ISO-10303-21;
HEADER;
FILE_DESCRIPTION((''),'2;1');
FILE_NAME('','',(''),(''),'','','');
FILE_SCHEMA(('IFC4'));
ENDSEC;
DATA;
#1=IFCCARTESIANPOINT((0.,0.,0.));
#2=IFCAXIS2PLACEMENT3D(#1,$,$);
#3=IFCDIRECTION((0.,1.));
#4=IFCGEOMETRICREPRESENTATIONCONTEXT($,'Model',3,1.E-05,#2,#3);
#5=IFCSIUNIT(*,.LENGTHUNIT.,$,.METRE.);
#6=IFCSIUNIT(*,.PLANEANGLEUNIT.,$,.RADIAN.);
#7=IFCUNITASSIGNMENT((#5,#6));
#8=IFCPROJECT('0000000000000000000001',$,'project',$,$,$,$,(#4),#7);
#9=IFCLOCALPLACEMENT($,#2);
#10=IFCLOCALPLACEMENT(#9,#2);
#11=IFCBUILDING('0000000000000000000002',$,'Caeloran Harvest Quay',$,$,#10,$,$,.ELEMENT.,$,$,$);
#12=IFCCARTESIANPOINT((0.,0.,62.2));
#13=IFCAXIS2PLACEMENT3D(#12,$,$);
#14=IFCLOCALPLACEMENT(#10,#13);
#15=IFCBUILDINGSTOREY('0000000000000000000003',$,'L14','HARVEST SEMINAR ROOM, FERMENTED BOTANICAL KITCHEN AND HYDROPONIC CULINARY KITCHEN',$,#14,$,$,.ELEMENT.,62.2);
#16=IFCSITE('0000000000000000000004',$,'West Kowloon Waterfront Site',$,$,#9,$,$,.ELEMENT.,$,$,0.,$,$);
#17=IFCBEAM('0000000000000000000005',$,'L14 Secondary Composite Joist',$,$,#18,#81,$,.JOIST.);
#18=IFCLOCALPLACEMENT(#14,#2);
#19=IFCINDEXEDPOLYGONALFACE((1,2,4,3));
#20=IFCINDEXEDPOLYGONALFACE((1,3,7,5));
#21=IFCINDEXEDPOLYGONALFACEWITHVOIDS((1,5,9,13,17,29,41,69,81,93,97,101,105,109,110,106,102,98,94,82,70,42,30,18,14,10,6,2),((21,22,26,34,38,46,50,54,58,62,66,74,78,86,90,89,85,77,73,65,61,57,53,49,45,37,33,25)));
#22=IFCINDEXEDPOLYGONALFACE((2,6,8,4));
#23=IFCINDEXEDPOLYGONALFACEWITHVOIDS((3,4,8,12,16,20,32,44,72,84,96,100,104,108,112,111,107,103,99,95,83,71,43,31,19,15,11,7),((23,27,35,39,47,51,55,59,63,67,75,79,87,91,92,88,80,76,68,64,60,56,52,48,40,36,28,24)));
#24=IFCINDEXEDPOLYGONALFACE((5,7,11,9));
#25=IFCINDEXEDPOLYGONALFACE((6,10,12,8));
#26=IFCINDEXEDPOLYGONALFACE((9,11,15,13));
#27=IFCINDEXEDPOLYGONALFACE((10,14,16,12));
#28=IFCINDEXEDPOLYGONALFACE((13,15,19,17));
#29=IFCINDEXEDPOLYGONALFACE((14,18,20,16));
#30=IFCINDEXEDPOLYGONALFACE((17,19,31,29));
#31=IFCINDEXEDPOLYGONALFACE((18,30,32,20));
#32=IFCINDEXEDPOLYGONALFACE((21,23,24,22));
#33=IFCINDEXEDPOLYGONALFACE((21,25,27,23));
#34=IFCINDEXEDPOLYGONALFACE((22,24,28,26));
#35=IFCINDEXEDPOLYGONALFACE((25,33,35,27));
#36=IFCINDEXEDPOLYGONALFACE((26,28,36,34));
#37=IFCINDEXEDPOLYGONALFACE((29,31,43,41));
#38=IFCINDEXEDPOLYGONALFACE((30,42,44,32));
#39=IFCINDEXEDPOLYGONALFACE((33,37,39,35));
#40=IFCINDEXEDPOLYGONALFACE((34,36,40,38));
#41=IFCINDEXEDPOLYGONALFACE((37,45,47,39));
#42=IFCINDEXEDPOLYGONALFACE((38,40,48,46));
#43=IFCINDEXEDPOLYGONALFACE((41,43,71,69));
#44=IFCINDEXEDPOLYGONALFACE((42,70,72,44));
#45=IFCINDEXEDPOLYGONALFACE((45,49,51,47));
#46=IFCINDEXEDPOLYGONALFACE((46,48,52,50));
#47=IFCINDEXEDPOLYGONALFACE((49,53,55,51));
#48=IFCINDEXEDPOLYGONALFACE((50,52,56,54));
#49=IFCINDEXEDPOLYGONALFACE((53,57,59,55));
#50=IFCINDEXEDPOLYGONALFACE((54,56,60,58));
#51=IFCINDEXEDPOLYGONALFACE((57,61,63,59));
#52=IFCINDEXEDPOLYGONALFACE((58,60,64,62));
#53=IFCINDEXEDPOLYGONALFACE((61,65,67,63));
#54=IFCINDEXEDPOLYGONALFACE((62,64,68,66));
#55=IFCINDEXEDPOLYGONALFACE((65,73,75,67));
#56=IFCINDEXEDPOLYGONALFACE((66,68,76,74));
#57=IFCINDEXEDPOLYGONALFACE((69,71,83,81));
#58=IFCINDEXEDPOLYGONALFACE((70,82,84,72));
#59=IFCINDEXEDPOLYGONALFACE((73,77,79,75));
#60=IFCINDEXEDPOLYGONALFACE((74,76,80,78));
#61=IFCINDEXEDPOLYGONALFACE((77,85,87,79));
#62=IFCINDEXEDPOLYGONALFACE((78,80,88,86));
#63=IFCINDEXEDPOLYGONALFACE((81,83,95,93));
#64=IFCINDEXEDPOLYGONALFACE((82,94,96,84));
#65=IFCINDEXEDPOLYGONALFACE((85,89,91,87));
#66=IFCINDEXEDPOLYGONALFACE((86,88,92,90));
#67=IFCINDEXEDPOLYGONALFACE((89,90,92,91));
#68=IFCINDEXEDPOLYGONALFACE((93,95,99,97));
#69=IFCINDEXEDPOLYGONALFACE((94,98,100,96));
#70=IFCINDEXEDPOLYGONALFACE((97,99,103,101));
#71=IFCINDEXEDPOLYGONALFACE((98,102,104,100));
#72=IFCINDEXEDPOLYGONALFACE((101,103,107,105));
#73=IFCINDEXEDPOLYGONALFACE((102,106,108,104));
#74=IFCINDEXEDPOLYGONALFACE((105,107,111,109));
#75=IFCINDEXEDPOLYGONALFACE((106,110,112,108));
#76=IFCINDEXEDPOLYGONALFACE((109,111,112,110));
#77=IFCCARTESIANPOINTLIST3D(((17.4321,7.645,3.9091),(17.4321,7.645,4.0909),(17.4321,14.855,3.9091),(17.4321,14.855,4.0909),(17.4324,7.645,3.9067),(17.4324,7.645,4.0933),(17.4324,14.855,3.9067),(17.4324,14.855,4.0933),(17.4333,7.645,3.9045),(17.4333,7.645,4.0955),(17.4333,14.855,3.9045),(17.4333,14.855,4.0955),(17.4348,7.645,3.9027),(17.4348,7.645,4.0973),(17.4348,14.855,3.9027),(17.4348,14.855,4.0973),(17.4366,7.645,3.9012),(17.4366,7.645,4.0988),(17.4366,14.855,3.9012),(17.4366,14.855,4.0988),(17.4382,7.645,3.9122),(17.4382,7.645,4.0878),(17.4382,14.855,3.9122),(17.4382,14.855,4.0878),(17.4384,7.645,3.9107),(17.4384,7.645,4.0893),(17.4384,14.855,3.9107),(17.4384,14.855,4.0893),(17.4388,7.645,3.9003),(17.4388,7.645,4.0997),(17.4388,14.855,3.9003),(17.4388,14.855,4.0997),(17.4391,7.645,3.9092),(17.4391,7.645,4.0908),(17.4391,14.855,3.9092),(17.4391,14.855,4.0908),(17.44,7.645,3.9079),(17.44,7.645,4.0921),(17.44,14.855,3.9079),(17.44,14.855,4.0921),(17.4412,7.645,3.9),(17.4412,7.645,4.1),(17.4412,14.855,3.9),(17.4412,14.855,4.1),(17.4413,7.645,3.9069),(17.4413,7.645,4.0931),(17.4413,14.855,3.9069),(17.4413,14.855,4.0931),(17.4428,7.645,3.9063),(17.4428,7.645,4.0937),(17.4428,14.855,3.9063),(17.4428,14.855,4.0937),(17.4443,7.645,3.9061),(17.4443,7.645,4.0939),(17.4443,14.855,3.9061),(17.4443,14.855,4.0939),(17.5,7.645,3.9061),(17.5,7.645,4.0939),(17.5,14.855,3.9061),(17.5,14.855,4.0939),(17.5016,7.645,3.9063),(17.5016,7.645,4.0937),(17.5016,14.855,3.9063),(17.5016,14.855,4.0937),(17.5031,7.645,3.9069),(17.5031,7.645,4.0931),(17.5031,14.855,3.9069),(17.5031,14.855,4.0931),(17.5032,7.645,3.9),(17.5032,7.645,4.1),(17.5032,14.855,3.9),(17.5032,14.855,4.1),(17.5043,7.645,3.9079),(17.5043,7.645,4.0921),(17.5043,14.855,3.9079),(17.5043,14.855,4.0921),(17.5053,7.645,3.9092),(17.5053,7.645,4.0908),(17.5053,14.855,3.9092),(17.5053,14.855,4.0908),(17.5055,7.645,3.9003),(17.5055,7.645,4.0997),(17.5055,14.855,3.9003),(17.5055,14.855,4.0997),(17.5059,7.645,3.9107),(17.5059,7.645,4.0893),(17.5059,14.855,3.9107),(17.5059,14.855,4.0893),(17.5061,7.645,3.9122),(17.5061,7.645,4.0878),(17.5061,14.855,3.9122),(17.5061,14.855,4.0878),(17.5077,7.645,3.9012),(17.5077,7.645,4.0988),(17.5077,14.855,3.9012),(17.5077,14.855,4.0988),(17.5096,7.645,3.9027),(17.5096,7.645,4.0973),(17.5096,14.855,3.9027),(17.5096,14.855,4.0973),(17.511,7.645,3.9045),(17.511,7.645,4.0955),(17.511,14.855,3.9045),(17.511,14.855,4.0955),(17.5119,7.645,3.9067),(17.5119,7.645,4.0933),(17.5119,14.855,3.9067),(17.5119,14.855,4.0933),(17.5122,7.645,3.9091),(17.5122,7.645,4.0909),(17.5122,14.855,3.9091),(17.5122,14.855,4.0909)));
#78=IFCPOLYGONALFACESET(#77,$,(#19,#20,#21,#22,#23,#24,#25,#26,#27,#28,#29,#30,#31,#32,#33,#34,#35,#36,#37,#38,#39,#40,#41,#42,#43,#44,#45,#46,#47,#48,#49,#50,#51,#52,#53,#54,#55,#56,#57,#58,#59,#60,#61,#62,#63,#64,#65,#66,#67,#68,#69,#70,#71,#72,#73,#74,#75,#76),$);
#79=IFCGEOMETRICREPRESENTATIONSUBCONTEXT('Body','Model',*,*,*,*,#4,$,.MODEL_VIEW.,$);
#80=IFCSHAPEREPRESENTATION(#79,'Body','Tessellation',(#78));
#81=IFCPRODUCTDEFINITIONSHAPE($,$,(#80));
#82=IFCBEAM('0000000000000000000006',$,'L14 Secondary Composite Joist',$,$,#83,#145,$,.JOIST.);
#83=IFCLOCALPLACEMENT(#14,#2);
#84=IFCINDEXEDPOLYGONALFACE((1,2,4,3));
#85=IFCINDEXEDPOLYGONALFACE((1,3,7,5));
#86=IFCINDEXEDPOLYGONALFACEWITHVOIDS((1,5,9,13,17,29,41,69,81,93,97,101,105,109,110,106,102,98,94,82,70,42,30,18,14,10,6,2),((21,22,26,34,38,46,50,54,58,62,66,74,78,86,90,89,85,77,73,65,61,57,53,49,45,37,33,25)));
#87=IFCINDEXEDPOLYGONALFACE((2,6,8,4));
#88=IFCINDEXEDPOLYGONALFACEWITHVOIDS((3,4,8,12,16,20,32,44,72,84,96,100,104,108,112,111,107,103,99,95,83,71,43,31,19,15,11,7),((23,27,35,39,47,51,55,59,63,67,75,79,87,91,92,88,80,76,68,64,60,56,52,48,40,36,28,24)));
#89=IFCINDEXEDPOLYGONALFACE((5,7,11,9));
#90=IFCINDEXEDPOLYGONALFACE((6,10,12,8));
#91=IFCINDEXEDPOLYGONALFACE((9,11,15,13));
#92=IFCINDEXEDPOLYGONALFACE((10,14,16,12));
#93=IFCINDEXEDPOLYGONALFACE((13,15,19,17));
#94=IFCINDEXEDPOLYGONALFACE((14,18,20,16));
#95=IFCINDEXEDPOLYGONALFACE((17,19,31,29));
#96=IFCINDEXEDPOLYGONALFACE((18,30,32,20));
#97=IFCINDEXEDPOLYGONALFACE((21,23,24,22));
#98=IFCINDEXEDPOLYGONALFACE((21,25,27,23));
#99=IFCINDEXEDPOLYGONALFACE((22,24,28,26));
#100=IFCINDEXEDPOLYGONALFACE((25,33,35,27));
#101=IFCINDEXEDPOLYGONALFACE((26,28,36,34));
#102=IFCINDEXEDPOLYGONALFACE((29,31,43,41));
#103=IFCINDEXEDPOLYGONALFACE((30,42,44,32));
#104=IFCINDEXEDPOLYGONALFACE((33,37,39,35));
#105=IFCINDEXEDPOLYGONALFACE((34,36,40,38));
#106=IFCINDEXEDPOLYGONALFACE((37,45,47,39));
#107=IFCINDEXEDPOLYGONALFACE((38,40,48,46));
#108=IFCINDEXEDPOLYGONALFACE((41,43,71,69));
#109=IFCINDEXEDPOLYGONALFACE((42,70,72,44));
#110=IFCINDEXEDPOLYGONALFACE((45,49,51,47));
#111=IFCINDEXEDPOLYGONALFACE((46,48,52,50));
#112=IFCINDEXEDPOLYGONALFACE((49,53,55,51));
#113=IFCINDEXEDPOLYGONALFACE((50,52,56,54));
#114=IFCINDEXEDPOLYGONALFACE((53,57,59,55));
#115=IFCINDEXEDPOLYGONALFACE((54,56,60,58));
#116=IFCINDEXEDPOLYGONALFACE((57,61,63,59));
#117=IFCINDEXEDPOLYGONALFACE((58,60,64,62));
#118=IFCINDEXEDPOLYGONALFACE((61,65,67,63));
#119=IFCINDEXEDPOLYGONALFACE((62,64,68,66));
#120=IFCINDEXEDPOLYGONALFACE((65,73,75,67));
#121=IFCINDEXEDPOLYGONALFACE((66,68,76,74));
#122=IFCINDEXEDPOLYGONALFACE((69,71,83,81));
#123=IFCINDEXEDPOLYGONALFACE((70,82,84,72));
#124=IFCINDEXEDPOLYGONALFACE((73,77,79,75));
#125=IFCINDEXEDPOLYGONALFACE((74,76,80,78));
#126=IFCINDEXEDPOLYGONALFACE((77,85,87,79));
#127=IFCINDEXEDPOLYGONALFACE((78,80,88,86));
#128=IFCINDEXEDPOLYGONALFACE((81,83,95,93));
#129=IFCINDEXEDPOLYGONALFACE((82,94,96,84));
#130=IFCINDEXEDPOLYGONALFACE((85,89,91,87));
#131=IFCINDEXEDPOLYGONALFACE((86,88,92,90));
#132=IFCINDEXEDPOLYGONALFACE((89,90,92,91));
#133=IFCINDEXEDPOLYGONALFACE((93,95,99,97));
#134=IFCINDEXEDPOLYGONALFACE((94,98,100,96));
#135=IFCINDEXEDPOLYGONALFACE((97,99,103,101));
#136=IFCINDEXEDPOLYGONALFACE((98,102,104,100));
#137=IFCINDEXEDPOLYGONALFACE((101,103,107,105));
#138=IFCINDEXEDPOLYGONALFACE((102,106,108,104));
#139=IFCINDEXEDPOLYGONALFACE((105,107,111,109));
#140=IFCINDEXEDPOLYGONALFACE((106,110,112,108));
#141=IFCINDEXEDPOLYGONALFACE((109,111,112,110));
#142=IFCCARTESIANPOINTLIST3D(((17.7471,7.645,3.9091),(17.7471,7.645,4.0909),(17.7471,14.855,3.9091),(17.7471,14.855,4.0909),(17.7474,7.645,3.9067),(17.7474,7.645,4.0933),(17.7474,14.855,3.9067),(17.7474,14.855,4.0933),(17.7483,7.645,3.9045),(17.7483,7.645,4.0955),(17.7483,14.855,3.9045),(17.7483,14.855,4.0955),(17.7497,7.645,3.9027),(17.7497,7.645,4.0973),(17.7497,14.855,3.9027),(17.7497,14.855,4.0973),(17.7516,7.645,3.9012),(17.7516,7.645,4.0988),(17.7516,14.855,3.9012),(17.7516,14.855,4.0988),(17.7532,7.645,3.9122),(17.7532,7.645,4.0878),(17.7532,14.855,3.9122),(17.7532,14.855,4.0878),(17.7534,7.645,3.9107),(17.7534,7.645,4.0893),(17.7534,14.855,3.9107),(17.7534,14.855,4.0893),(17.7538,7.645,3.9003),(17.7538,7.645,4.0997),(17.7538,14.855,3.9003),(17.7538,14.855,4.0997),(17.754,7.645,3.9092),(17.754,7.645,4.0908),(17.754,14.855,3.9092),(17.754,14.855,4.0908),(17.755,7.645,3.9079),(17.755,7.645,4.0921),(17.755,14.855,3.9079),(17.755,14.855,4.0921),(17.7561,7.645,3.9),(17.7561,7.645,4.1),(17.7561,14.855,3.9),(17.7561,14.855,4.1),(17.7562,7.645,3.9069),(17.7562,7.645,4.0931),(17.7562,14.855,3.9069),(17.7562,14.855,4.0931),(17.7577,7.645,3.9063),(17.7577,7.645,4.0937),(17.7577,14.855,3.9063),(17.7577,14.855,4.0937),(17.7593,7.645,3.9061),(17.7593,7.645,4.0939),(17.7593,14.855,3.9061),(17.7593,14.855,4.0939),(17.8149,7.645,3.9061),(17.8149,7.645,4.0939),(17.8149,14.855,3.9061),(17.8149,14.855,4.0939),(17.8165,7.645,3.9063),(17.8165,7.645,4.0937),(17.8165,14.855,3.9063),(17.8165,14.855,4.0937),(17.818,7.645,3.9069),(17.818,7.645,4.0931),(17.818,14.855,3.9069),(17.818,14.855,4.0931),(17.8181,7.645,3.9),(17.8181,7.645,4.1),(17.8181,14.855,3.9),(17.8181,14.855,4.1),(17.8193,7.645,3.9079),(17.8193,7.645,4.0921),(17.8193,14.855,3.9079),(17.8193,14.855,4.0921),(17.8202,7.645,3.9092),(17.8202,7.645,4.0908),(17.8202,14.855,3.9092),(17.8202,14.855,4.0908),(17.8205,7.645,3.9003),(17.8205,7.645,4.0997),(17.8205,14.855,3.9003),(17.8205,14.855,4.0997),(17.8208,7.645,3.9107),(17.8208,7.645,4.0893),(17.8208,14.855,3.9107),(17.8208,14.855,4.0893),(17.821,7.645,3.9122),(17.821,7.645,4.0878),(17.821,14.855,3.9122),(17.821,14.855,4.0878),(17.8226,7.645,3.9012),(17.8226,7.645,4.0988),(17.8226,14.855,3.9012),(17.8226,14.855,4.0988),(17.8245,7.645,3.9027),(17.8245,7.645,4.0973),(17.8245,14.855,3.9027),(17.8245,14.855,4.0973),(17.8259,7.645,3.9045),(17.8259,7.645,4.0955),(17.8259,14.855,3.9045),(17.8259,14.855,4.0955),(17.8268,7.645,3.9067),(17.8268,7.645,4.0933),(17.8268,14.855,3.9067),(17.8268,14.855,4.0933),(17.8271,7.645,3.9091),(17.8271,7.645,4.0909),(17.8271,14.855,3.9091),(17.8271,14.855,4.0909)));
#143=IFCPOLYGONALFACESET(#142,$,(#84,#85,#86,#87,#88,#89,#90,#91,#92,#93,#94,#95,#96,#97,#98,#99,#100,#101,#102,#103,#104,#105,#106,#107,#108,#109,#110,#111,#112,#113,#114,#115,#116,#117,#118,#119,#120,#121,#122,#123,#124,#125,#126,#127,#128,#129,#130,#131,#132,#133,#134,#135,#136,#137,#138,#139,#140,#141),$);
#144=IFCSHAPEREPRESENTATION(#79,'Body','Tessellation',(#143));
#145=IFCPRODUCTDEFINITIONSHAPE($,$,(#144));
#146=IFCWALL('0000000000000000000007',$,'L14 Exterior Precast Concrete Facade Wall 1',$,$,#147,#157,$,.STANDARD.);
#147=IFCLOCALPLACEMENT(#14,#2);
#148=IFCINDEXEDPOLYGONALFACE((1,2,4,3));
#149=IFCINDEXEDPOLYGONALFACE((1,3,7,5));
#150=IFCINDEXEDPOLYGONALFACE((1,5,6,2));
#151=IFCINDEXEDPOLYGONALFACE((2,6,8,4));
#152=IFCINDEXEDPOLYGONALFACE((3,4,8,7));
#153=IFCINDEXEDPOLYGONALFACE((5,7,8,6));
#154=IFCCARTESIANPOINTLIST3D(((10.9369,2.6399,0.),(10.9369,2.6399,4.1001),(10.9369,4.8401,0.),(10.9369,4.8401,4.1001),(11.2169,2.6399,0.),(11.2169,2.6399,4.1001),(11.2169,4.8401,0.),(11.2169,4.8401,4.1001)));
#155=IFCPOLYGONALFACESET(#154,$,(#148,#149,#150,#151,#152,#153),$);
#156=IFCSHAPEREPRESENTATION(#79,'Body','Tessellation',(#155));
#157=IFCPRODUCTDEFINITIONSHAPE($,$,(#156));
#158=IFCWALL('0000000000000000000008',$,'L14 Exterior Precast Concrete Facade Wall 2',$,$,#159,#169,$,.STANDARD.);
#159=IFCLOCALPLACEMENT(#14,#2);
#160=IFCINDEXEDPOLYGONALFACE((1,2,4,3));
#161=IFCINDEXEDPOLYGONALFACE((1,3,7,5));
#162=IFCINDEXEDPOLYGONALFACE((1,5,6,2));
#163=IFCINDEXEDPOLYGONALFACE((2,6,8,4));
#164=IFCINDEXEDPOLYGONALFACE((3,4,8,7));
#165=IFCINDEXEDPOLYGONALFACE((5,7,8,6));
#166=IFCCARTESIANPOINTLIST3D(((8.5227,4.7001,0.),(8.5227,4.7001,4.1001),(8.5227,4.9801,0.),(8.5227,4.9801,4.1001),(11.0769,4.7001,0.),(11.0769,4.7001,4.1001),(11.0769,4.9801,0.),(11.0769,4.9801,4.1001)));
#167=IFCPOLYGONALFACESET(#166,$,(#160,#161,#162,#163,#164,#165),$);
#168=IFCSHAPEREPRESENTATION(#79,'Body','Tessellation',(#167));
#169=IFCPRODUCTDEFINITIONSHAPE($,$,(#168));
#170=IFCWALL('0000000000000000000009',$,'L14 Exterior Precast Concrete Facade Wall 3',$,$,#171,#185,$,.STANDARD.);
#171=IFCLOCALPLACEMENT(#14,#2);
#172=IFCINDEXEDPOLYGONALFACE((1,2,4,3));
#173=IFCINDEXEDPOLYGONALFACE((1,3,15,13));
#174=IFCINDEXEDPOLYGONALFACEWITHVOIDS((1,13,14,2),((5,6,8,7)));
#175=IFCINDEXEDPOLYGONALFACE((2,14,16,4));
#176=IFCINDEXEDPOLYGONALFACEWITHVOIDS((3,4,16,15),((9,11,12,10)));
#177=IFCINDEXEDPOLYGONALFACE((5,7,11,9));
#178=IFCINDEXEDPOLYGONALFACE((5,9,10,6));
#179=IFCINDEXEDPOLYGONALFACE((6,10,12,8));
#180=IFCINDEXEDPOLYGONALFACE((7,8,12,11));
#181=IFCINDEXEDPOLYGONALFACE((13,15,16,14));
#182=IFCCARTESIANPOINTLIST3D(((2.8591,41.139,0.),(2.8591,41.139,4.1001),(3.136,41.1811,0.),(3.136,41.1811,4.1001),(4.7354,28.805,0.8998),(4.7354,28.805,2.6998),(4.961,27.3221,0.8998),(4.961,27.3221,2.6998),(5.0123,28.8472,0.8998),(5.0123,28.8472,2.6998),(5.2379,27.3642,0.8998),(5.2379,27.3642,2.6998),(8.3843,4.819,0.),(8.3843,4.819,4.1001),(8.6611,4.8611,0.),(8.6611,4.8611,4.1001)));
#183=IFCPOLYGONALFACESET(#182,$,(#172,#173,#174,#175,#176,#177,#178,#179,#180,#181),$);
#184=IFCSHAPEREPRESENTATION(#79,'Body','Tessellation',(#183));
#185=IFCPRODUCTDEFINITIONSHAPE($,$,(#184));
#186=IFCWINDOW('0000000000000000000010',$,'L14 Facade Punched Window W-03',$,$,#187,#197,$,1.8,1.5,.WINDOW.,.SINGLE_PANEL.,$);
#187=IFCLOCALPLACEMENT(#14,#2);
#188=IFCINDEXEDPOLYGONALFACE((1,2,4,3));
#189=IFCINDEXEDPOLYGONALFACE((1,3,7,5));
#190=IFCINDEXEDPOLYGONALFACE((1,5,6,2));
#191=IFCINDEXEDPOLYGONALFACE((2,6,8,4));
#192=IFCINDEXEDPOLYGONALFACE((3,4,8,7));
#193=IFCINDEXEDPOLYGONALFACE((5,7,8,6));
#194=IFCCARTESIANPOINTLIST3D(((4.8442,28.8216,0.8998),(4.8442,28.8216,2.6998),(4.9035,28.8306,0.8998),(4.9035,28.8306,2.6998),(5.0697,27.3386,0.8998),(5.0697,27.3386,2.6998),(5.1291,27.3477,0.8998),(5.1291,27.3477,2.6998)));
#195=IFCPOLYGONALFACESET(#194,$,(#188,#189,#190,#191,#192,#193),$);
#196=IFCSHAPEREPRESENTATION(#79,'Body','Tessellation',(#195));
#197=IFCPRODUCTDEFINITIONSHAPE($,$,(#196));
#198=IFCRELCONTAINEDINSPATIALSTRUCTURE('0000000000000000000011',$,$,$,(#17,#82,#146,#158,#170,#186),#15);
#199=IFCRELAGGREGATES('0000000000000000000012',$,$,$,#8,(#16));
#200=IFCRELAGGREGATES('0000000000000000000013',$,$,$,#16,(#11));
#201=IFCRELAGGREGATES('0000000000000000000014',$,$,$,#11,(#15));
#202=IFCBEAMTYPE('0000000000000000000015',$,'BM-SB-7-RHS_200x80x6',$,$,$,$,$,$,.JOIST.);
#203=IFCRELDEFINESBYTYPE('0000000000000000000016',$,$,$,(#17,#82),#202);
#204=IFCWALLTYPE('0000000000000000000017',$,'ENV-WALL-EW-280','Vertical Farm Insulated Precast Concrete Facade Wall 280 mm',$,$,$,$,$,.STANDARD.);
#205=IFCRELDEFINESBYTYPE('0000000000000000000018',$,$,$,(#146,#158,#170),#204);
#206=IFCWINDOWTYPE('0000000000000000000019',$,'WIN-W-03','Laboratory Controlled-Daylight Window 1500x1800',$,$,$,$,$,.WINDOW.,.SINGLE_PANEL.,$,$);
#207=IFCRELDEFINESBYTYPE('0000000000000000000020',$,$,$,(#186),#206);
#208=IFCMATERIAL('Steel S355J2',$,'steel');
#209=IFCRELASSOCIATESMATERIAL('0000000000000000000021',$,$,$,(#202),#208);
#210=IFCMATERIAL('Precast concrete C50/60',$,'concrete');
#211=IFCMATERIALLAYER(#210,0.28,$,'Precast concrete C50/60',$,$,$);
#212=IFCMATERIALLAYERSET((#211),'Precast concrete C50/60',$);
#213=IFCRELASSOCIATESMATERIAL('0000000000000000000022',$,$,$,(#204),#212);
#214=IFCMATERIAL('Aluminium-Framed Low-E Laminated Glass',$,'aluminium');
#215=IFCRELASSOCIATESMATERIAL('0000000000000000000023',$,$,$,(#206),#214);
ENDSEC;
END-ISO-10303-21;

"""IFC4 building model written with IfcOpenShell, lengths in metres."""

from ifc_helpers import new_model, si_unit, direction, frame, frame_2d, origin, origin_2d, place, context, subcontext, project, spatial, rectangle, hollow_rectangle, extrude, material, layer, layer_set, material_profile, profile_set, type_object, element, fill, save


model = new_model("IFC4")

# Units and contexts
model_context = context("Model", 3, precision=1e-05, world=origin(), true_north=direction((0.0, 1.0)))
body_context = subcontext(model_context, "Body", "Model", "MODEL_VIEW")
ifc_project = project(units=[si_unit("LENGTHUNIT", "METRE"), si_unit("PLANEANGLEUNIT", "RADIAN")], contexts=[model_context])

# Site, building, storey
site_placement = place(None, origin())
site = spatial("IfcSite", under=ifc_project, at=site_placement, Name="West Kowloon Waterfront Site", CompositionType="ELEMENT", RefElevation=0.0)
building_placement = place(site_placement, origin())
building = spatial("IfcBuilding", under=site, at=building_placement, Name="Caeloran Harvest Quay", CompositionType="ELEMENT")
storey_placement = place(building_placement, frame((0.0, 0.0, 62.2)))
storey = spatial("IfcBuildingStorey", under=building, at=storey_placement, Name="L14", Description="HARVEST SEMINAR ROOM, FERMENTED BOTANICAL KITCHEN AND HYDROPONIC CULINARY KITCHEN", CompositionType="ELEMENT", Elevation=62.2)

# Beams
ifc_material_1 = material(Name="Steel S355J2", Category="steel")
ifc_material_profile_1 = material_profile(ifc_material_1, hollow_rectangle(XDim=0.0801, YDim=0.2, WallThickness=0.0061, InnerFilletRadius=0.0061, OuterFilletRadius=0.009, at=origin_2d()), Name="RHS 200x80x6")
ifc_profile_set_1 = profile_set([ifc_material_profile_1], Name="Steel S355J2")
beam_type_1 = type_object("IfcBeamType", Name="BM-SB-7-RHS_200x80x6", PredefinedType="JOIST", material=ifc_profile_set_1)
for number, where, z_axis, x_axis, name in (
    (1, (17.4722, 7.645, 4.0), (0.0, 1.0, 0.0), (-1.0, 0.0, 0.0), "L14 Secondary Composite Joist"),
    (2, (17.7871, 7.645, 4.0), (0.0, 1.0, 0.0), (-1.0, 0.0, 0.0), "L14 Secondary Composite Joist"),
):
    element("IfcBeam", number, at=place(storey_placement, frame(where, z_axis=z_axis, x_axis=x_axis)), inside=storey, type_object=beam_type_1, Name=name, PredefinedType="JOIST", context=body_context, shape_type="SweptSolid", body=[
        extrude(hollow_rectangle(XDim=0.0801, YDim=0.2, WallThickness=0.0061, InnerFilletRadius=0.0061, OuterFilletRadius=0.009, at=origin_2d()), origin(), (0.0, 0.0, 1.0), 7.21),
    ])

# Walls
ifc_material_2 = material(Name="Precast concrete C50/60", Category="concrete")
ifc_layer_1 = layer(ifc_material_2, 0.28, Name="Precast concrete C50/60")
ifc_layer_set_1 = layer_set([ifc_layer_1], Name="Precast concrete C50/60")
wall_type_1 = type_object("IfcWallType", Name="ENV-WALL-EW-280", Description="Vertical Farm Insulated Precast Concrete Facade Wall 280 mm", PredefinedType="STANDARD", material=ifc_layer_set_1)
wall_1_placement = place(storey_placement, frame((11.0769, 2.6399, 0.0), z_axis=(0.0, 0.0, 1.0), x_axis=(0.0, 1.0, 0.0)))
element("IfcWall", 3, at=wall_1_placement, inside=storey, type_object=wall_type_1, Name="L14 Exterior Precast Concrete Facade Wall 1", PredefinedType="STANDARD", context=body_context, shape_type="SweptSolid", body=[
    extrude(rectangle(XDim=2.2002, YDim=0.28, at=frame_2d((1.1001, 0.0))), origin(), (0.0, 0.0, 1.0), 4.1001),
])
wall_2_placement = place(storey_placement, frame((11.0769, 4.8401, 0.0), z_axis=(0.0, 0.0, 1.0), x_axis=(-1.0, 0.0, 0.0)))
element("IfcWall", 4, at=wall_2_placement, inside=storey, type_object=wall_type_1, Name="L14 Exterior Precast Concrete Facade Wall 2", PredefinedType="STANDARD", context=body_context, shape_type="SweptSolid", body=[
    extrude(rectangle(XDim=2.5542, YDim=0.28, at=frame_2d((1.2771, 0.0))), origin(), (0.0, 0.0, 1.0), 4.1001),
])

# Wall, opening, window
wall_3_placement = place(storey_placement, frame((8.5227, 4.8401, 0.0), z_axis=(0.0, 0.0, 1.0), x_axis=(-0.150395, 0.988626, 0.0)))
wall_3 = element("IfcWall", 5, at=wall_3_placement, inside=storey, type_object=wall_type_1, Name="L14 Exterior Precast Concrete Facade Wall 3", PredefinedType="STANDARD", context=body_context, shape_type="SweptSolid", body=[
    extrude(rectangle(XDim=36.7378, YDim=0.28, at=frame_2d((18.3689, 0.0))), origin(), (0.0, 0.0, 1.0), 4.1001),
])
opening_placement = place(wall_3_placement, frame((22.762, 0.0, 0.8999)))
opening = element("IfcOpeningElement", 6, at=opening_placement, cuts=wall_3, PredefinedType="OPENING", context=body_context, shape_type="SweptSolid", body=[
    extrude(rectangle(XDim=1.5, YDim=1.8, at=frame_2d((0.75, 0.8999))), frame((0.0, 0.1499, 0.0), z_axis=(0.0, -1.0, 0.0), x_axis=(1.0, 0.0, 0.0)), (0.0, 0.0, 1.0), 0.3),
])
ifc_material_3 = material(Name="Aluminium-Framed Low-E Laminated Glass", Category="aluminium")
window_type = type_object("IfcWindowType", Name="WIN-W-03", Description="Laboratory Controlled-Daylight Window 1500x1800", PartitioningType="SINGLE_PANEL", PredefinedType="WINDOW", material=ifc_material_3)
window_placement = place(opening_placement, origin())
window = element("IfcWindow", 7, at=window_placement, inside=storey, type_object=window_type, Name="L14 Facade Punched Window W-03", OverallHeight=1.8, OverallWidth=1.5, PartitioningType="SINGLE_PANEL", PredefinedType="WINDOW", context=body_context, shape_type="SweptSolid", body=[
    extrude(rectangle(XDim=1.5, YDim=1.8, at=frame_2d((0.75, 0.8999))), frame((0.0, 0.03, 0.0), z_axis=(0.0, -1.0, 0.0), x_axis=(1.0, 0.0, 0.0)), (0.0, 0.0, 1.0), 0.0601),
])
fill(opening, window)

save(model, "model.ifc")
